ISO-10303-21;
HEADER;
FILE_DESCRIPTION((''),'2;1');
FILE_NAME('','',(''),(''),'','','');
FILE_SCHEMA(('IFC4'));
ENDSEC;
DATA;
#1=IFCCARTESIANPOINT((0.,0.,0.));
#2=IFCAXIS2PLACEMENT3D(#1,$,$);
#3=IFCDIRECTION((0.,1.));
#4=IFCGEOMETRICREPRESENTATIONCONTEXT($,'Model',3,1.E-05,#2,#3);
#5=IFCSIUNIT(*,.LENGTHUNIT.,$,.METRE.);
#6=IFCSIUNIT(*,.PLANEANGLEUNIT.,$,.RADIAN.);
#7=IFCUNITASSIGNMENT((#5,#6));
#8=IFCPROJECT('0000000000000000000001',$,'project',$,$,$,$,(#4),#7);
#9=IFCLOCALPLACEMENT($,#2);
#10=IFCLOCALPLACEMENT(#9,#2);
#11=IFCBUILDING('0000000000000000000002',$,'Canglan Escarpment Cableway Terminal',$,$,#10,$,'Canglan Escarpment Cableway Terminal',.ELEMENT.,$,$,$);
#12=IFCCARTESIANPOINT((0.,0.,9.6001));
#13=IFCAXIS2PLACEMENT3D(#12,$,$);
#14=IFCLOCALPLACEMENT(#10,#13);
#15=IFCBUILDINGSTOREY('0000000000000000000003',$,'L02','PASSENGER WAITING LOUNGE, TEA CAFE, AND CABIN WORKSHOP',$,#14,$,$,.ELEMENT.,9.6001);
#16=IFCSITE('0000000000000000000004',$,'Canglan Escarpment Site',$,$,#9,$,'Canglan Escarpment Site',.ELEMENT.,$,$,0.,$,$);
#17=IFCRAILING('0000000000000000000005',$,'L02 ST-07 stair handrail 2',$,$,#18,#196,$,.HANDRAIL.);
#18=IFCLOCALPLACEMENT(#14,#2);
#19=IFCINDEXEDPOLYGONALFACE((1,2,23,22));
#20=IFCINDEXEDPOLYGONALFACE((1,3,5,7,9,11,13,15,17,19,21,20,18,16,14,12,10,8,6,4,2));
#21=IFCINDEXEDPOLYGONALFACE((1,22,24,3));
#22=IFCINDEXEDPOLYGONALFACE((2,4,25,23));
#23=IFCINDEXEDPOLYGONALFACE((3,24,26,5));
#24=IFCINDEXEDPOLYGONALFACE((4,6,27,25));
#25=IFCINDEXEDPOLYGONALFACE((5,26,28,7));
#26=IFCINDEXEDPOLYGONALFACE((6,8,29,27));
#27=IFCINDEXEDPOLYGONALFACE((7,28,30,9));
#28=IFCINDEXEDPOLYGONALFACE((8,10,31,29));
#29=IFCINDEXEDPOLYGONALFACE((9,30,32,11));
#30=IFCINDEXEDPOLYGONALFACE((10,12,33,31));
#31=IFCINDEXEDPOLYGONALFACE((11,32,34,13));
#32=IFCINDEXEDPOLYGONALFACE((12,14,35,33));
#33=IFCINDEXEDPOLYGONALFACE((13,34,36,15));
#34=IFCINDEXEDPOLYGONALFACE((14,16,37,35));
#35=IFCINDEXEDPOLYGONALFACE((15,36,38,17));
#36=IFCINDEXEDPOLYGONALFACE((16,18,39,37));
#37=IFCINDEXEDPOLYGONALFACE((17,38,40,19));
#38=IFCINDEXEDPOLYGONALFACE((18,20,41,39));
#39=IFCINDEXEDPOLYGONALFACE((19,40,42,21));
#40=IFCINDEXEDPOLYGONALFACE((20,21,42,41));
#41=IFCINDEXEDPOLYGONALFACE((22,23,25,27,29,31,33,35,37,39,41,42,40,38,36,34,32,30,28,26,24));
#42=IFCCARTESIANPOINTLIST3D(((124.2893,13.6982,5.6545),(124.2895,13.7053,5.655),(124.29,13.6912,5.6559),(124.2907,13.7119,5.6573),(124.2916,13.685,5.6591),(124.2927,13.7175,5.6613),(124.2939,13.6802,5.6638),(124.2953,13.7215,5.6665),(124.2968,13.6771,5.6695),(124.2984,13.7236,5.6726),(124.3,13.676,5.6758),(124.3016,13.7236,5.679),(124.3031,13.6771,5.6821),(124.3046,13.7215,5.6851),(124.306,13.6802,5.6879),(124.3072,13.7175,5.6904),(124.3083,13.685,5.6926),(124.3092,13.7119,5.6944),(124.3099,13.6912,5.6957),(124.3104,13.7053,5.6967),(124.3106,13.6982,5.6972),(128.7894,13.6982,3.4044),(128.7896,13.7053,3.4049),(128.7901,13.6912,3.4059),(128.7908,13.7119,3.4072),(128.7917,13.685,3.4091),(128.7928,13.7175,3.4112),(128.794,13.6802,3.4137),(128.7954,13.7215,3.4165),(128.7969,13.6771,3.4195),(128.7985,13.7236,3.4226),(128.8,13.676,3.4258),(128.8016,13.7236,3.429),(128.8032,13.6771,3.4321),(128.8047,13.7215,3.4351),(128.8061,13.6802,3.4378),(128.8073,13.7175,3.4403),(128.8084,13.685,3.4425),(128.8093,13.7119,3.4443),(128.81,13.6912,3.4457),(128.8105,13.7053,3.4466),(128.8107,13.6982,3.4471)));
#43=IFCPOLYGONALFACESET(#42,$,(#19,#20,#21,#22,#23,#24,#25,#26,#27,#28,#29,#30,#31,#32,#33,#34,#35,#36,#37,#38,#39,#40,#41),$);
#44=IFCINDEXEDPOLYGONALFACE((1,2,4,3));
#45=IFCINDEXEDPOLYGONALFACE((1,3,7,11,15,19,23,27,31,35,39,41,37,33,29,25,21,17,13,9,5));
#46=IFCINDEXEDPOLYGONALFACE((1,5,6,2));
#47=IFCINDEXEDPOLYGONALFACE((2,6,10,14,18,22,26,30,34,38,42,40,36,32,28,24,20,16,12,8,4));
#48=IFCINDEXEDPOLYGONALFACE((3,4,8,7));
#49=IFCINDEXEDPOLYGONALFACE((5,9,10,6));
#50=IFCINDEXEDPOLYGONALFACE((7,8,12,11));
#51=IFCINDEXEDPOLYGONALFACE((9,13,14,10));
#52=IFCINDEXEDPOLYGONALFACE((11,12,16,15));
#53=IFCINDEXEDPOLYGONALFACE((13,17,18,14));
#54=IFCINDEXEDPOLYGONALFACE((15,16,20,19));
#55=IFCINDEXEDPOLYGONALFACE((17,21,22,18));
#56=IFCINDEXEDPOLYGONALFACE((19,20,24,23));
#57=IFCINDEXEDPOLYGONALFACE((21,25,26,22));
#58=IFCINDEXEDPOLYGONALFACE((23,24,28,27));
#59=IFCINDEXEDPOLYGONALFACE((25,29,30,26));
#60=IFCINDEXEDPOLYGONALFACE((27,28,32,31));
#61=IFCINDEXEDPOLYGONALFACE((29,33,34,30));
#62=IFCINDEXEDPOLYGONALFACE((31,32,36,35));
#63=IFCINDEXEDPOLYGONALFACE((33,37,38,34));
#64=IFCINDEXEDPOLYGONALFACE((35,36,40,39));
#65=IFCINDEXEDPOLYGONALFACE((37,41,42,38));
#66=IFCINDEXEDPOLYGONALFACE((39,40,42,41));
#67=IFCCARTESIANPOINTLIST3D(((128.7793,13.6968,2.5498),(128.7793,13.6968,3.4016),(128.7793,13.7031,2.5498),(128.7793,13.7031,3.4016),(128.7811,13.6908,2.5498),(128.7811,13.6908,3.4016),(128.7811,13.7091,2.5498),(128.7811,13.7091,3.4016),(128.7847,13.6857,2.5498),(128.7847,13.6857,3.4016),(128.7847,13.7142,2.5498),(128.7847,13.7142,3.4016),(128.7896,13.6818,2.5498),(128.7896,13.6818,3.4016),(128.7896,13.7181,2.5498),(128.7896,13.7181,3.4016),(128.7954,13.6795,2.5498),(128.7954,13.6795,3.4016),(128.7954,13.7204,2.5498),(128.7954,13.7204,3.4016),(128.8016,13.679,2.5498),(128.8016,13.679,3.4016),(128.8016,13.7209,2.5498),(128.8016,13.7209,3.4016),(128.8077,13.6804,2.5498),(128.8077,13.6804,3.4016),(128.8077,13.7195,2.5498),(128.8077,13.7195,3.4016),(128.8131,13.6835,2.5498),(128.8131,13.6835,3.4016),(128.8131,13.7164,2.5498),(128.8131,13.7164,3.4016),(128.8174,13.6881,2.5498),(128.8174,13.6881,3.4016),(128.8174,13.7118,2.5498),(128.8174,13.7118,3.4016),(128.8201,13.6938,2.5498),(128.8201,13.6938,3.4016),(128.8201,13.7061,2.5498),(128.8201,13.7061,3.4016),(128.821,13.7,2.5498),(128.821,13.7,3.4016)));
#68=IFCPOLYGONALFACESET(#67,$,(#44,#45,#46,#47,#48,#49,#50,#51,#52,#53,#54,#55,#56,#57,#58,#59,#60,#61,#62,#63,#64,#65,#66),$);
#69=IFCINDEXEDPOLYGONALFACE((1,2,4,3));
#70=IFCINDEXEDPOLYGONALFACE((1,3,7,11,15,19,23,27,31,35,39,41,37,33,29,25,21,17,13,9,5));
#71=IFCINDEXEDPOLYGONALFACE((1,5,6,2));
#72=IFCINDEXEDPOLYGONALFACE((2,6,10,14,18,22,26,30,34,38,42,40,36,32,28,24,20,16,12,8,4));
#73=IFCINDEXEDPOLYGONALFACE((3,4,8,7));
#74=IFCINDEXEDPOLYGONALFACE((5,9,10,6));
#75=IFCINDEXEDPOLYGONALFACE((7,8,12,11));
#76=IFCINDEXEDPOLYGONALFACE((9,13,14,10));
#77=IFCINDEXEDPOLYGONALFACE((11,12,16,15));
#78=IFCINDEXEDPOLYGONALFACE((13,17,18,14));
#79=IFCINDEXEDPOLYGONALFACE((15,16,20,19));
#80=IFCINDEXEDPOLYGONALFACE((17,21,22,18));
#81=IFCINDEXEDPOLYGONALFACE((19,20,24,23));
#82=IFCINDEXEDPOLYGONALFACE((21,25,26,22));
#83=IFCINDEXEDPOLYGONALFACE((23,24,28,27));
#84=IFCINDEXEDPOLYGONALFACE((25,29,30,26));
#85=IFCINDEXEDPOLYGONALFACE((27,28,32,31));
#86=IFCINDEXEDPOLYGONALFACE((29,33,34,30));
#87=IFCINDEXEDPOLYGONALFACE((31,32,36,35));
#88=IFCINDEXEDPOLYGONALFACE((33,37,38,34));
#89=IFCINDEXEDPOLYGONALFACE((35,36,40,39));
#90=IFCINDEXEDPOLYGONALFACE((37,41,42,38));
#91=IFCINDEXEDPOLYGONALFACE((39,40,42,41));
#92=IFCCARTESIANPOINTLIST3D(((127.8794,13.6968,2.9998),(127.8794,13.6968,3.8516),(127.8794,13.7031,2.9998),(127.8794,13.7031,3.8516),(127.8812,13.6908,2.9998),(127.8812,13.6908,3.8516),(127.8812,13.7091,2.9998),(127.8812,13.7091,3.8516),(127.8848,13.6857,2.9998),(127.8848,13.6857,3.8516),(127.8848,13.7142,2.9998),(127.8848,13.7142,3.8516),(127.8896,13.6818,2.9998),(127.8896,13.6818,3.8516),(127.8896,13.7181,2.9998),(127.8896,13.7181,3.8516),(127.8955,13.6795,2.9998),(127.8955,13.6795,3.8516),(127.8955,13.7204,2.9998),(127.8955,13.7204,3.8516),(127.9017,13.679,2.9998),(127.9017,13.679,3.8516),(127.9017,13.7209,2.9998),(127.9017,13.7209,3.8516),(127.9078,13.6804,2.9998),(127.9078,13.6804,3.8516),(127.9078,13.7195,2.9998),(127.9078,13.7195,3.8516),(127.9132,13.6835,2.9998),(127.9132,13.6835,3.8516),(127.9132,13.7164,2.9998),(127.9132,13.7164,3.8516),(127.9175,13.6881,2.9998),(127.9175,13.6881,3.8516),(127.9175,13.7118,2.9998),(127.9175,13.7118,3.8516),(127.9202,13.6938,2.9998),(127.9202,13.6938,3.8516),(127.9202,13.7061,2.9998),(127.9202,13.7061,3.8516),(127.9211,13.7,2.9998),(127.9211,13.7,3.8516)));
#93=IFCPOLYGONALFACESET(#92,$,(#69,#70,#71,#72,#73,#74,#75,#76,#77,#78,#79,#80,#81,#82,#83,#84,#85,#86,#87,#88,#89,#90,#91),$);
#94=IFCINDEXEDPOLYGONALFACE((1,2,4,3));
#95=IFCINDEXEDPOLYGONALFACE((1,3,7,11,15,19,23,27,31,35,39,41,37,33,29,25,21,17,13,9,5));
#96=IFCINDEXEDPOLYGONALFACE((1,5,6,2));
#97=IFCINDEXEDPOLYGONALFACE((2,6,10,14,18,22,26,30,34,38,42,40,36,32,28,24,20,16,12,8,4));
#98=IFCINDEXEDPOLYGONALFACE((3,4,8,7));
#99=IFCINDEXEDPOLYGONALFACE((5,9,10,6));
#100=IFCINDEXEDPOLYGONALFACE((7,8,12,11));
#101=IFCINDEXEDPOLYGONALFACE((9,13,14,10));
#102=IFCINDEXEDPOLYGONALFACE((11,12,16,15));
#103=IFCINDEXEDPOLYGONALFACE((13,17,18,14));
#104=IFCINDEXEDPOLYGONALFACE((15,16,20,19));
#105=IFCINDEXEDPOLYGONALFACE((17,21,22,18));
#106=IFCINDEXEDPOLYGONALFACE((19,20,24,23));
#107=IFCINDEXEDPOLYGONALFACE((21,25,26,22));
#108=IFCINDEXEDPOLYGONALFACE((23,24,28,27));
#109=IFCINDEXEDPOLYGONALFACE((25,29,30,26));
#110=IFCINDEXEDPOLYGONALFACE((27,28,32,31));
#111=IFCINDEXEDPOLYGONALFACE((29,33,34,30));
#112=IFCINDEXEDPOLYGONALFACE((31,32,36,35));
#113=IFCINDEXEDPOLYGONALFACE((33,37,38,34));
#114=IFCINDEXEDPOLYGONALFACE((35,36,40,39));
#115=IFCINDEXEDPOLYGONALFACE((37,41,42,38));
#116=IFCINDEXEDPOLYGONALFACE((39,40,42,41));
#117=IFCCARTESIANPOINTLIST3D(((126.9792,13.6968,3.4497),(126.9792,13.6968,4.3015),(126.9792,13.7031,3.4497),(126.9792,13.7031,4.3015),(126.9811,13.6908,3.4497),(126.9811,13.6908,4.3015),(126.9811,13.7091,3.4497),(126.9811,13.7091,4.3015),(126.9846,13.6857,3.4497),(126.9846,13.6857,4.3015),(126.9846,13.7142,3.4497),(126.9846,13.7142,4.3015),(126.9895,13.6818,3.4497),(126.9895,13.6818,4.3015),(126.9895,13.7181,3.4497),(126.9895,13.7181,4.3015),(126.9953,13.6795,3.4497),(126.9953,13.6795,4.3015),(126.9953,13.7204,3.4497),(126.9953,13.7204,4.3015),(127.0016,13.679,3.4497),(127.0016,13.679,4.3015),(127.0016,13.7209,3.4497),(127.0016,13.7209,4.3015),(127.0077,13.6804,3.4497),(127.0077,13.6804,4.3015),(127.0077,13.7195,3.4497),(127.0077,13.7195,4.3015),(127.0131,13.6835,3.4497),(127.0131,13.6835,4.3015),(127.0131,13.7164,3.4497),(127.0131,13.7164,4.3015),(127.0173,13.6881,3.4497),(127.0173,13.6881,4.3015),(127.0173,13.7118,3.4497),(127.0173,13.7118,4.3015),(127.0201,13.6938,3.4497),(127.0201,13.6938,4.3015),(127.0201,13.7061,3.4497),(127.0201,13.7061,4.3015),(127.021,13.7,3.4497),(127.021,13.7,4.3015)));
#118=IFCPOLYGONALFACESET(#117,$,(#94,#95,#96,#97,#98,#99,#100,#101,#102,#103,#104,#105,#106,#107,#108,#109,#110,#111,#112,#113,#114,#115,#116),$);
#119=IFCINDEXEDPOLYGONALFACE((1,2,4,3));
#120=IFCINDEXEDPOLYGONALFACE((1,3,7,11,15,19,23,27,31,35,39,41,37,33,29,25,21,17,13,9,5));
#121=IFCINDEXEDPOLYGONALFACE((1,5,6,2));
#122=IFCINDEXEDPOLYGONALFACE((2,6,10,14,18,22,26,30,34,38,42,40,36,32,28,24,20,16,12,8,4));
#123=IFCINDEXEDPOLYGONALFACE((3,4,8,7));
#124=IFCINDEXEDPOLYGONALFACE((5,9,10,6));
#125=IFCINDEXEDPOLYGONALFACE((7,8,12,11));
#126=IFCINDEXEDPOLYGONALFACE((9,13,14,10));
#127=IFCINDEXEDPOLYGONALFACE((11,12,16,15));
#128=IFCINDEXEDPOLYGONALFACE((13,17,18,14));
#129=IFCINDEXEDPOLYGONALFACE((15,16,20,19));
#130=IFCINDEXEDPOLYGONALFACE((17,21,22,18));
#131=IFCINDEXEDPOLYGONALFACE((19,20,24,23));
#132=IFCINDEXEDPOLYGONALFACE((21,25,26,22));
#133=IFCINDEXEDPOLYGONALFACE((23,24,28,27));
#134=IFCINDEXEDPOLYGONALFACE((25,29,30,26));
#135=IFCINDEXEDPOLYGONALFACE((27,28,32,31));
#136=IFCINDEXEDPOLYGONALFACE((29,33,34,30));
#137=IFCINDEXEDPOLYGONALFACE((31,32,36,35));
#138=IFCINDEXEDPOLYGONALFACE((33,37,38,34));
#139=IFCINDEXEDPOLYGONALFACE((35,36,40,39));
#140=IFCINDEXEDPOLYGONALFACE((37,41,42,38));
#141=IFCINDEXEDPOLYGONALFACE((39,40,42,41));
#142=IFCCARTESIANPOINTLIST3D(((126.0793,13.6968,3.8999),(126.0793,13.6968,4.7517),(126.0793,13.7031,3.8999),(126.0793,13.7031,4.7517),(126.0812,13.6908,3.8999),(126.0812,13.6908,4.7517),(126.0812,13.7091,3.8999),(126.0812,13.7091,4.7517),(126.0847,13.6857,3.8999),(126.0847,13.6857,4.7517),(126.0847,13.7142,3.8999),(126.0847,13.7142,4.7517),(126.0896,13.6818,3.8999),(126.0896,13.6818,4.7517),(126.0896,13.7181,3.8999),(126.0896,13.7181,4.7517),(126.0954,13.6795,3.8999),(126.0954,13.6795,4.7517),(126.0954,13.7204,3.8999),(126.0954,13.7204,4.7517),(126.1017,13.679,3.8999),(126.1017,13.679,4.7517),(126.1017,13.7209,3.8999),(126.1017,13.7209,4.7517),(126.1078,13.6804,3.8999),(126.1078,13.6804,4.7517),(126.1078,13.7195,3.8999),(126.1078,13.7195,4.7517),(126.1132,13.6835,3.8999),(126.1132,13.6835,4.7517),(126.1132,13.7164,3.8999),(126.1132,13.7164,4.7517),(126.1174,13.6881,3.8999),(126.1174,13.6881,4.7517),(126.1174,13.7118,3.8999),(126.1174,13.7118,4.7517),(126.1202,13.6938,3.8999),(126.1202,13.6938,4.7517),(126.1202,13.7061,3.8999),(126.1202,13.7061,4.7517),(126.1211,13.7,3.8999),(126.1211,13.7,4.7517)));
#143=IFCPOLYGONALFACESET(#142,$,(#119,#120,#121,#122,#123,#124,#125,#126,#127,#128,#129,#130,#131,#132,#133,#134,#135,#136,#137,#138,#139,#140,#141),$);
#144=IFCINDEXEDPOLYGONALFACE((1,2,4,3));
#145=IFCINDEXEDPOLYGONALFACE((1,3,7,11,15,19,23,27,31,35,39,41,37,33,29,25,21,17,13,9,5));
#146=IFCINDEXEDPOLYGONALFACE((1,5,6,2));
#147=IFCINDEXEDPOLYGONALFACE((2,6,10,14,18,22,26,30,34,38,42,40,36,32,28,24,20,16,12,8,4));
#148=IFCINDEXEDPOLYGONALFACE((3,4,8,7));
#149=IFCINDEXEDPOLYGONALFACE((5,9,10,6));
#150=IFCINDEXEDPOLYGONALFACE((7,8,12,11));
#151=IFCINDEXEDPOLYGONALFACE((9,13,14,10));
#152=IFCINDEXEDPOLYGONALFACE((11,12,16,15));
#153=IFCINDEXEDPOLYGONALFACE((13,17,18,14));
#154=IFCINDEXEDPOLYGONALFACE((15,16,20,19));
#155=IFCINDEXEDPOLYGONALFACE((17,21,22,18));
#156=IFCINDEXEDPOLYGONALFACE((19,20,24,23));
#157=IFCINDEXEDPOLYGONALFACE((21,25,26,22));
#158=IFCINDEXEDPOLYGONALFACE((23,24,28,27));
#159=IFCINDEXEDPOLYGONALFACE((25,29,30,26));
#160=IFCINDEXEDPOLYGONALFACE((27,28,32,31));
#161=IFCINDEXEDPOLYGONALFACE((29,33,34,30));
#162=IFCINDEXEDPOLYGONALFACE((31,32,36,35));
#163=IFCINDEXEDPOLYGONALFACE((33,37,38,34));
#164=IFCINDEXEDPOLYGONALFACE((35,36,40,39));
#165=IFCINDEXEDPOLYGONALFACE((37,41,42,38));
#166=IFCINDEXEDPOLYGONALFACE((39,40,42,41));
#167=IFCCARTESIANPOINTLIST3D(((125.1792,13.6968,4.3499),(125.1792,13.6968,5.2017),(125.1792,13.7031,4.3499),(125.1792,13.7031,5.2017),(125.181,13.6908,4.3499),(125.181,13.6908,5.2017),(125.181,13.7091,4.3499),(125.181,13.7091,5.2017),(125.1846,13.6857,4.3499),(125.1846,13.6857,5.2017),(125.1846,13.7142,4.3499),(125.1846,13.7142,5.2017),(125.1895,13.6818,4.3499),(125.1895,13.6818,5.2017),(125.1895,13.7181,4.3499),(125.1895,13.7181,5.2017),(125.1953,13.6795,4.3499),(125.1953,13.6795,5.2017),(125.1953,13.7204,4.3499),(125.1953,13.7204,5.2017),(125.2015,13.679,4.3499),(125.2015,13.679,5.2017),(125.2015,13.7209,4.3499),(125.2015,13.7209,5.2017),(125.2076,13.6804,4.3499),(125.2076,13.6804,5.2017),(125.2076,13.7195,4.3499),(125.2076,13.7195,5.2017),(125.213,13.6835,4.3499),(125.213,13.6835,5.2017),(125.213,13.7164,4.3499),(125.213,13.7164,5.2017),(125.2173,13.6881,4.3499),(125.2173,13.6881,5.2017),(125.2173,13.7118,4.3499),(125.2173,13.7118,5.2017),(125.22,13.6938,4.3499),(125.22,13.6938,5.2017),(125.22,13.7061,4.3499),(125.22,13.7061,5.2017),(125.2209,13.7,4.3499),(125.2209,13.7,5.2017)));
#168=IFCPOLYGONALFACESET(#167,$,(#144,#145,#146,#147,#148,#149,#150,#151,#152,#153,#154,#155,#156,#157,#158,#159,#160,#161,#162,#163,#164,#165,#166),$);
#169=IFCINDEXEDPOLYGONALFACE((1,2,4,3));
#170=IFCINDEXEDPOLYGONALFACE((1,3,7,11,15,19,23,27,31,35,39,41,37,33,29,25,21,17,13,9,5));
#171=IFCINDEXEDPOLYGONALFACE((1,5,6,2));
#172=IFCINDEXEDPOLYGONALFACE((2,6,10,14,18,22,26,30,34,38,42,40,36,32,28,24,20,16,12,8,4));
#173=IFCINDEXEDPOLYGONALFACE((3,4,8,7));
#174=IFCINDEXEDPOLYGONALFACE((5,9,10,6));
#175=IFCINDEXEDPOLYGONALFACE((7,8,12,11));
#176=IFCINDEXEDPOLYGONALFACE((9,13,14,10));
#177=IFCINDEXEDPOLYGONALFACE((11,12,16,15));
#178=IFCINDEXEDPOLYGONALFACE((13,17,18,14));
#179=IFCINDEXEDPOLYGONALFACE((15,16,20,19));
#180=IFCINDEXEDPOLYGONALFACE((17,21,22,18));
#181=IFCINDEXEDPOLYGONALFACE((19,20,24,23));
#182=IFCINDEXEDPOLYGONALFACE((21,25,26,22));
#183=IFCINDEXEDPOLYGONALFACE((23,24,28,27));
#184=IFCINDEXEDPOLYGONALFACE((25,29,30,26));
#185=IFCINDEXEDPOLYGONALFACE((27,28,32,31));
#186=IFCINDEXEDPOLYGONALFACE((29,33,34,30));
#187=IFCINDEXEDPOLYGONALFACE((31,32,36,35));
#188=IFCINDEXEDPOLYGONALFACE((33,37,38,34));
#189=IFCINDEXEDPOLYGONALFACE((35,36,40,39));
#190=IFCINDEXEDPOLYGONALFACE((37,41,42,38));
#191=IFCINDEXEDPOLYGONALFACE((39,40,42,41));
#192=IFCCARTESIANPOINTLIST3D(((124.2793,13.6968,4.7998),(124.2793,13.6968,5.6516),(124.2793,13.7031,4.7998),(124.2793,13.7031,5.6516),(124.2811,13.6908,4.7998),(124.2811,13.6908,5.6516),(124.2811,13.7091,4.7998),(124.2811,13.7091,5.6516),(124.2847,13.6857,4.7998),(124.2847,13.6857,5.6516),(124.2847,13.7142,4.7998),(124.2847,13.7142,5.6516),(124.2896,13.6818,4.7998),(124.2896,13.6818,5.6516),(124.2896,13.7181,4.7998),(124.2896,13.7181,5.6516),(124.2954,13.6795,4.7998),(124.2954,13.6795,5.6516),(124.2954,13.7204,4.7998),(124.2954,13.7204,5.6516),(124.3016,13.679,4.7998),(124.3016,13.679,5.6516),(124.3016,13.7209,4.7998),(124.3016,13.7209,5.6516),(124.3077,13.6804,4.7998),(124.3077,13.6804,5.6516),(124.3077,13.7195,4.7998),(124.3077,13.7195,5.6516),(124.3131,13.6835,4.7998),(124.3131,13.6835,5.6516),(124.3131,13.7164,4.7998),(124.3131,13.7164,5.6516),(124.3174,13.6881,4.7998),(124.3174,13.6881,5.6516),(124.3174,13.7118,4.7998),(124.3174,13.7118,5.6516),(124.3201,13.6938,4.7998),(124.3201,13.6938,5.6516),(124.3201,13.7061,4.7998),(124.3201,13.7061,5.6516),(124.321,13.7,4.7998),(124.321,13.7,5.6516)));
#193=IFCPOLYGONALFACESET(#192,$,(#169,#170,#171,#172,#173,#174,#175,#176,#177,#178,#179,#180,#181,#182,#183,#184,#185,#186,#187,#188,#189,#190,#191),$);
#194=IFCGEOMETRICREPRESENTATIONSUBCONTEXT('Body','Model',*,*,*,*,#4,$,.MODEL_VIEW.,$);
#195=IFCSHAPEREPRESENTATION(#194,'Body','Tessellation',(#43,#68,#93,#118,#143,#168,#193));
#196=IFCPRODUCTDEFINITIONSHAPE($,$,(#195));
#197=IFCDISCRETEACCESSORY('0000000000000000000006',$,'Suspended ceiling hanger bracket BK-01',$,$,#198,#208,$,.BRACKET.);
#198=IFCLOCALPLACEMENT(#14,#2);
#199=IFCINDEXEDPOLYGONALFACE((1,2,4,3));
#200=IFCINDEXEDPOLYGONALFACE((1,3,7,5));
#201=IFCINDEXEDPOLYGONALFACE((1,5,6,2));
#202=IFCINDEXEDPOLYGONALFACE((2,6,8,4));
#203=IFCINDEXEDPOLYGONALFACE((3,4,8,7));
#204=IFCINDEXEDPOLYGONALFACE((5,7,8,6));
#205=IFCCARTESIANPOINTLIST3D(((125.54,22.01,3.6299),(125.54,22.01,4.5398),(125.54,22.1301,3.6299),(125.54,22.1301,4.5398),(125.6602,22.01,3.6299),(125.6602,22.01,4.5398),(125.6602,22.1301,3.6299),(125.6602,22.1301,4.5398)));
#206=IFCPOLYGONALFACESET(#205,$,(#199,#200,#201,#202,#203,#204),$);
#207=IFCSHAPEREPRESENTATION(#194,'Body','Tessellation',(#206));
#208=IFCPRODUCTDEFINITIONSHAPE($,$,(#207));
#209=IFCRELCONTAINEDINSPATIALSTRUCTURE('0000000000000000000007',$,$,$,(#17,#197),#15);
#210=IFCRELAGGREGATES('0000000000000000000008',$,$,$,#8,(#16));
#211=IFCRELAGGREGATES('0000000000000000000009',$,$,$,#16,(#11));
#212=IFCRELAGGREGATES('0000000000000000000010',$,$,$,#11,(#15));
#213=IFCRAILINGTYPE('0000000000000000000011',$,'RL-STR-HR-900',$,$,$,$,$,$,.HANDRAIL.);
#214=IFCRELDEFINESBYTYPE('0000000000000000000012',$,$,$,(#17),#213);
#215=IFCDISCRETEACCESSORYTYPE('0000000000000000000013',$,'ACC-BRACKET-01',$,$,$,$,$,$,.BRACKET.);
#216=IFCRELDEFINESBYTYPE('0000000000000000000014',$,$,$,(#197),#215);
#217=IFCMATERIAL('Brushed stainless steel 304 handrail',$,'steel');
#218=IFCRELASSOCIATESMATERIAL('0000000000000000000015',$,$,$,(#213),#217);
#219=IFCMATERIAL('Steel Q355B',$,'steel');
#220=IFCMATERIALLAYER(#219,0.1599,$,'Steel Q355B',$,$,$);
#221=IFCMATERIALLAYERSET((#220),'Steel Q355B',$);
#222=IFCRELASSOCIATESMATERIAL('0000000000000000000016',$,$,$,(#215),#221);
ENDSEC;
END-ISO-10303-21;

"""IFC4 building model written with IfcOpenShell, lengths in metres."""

from ifc_helpers import new_model, si_unit, direction, frame, origin, origin_2d, place, context, subcontext, project, spatial, rectangle, circle, extrude, material, layer, layer_set, type_object, element, save


model = new_model("IFC4")

# Units and contexts
model_context = context("Model", 3, precision=1e-05, world=origin(), true_north=direction((0.0, 1.0)))
body_context = subcontext(model_context, "Body", "Model", "MODEL_VIEW")
ifc_project = project(units=[si_unit("LENGTHUNIT", "METRE"), si_unit("PLANEANGLEUNIT", "RADIAN")], contexts=[model_context])

# Site, building, storey
site_placement = place(None, origin())
site = spatial("IfcSite", under=ifc_project, at=site_placement, Name="Canglan Escarpment Site", LongName="Canglan Escarpment Site", CompositionType="ELEMENT", RefElevation=0.0)
building_placement = place(site_placement, origin())
building = spatial("IfcBuilding", under=site, at=building_placement, Name="Canglan Escarpment Cableway Terminal", LongName="Canglan Escarpment Cableway Terminal", CompositionType="ELEMENT")
storey_placement = place(building_placement, frame((0.0, 0.0, 9.6001)))
storey = spatial("IfcBuildingStorey", under=building, at=storey_placement, Name="L02", Description="PASSENGER WAITING LOUNGE, TEA CAFE, AND CABIN WORKSHOP", CompositionType="ELEMENT", Elevation=9.6001)

# Shared definitions
ifc_material_1 = material(Name="Steel Q355B", Category="steel")

# Railing
ifc_material_2 = material(Name="Brushed stainless steel 304 handrail", Category="steel")
railing_type_1 = type_object("IfcRailingType", Name="RL-STR-HR-900", PredefinedType="HANDRAIL", material=ifc_material_2)
railing_1_placement = place(storey_placement, frame((128.8, 13.7, 2.5498)))
element("IfcRailing", 1, at=railing_1_placement, inside=storey, type_object=railing_type_1, Name="L02 ST-07 stair handrail 2", PredefinedType="HANDRAIL", context=body_context, shape_type="SweptSolid", body=[
    extrude(circle(Radius=0.0239, at=origin_2d()), frame((0.0, 0.0, 0.876), z_axis=(-0.894427, 0.0, 0.447214), x_axis=(0.0, -1.0, 0.0)), (0.0, 0.0, 1.0), 5.0312),
    extrude(circle(Radius=0.021, at=origin_2d()), origin(), (0.0, 0.0, 1.0), 0.8518),
    extrude(circle(Radius=0.021, at=origin_2d()), frame((-0.8999, 0.0, 0.45)), (0.0, 0.0, 1.0), 0.8518),
    extrude(circle(Radius=0.021, at=origin_2d()), frame((-1.8, 0.0, 0.8999)), (0.0, 0.0, 1.0), 0.8518),
    extrude(circle(Radius=0.021, at=origin_2d()), frame((-2.7, 0.0, 1.3501)), (0.0, 0.0, 1.0), 0.8518),
    extrude(circle(Radius=0.021, at=origin_2d()), frame((-3.6001, 0.0, 1.8)), (0.0, 0.0, 1.0), 0.8518),
    extrude(circle(Radius=0.021, at=origin_2d()), frame((-4.5, 0.0, 2.25)), (0.0, 0.0, 1.0), 0.8518),
])

# Discrete accessory
ifc_layer_1 = layer(ifc_material_1, 0.1599, Name="Steel Q355B")
ifc_layer_set_1 = layer_set([ifc_layer_1], Name="Steel Q355B")
discrete_accessory_type = type_object("IfcDiscreteAccessoryType", Name="ACC-BRACKET-01", PredefinedType="BRACKET", material=ifc_layer_set_1)
discrete_accessory_placement = place(storey_placement, frame((125.6001, 22.0701, 3.6299), z_axis=(0.0, 0.0, 1.0), x_axis=(1.0, 0.0, 0.0)))
element("IfcDiscreteAccessory", 2, at=discrete_accessory_placement, inside=storey, type_object=discrete_accessory_type, Name="Suspended ceiling hanger bracket BK-01", PredefinedType="BRACKET", context=body_context, shape_type="SweptSolid", body=[
    extrude(rectangle(XDim=0.1201, YDim=0.1201, at=origin_2d()), origin(), (0.0, 0.0, 1.0), 0.9099),
])

save(model, "model.ifc")
